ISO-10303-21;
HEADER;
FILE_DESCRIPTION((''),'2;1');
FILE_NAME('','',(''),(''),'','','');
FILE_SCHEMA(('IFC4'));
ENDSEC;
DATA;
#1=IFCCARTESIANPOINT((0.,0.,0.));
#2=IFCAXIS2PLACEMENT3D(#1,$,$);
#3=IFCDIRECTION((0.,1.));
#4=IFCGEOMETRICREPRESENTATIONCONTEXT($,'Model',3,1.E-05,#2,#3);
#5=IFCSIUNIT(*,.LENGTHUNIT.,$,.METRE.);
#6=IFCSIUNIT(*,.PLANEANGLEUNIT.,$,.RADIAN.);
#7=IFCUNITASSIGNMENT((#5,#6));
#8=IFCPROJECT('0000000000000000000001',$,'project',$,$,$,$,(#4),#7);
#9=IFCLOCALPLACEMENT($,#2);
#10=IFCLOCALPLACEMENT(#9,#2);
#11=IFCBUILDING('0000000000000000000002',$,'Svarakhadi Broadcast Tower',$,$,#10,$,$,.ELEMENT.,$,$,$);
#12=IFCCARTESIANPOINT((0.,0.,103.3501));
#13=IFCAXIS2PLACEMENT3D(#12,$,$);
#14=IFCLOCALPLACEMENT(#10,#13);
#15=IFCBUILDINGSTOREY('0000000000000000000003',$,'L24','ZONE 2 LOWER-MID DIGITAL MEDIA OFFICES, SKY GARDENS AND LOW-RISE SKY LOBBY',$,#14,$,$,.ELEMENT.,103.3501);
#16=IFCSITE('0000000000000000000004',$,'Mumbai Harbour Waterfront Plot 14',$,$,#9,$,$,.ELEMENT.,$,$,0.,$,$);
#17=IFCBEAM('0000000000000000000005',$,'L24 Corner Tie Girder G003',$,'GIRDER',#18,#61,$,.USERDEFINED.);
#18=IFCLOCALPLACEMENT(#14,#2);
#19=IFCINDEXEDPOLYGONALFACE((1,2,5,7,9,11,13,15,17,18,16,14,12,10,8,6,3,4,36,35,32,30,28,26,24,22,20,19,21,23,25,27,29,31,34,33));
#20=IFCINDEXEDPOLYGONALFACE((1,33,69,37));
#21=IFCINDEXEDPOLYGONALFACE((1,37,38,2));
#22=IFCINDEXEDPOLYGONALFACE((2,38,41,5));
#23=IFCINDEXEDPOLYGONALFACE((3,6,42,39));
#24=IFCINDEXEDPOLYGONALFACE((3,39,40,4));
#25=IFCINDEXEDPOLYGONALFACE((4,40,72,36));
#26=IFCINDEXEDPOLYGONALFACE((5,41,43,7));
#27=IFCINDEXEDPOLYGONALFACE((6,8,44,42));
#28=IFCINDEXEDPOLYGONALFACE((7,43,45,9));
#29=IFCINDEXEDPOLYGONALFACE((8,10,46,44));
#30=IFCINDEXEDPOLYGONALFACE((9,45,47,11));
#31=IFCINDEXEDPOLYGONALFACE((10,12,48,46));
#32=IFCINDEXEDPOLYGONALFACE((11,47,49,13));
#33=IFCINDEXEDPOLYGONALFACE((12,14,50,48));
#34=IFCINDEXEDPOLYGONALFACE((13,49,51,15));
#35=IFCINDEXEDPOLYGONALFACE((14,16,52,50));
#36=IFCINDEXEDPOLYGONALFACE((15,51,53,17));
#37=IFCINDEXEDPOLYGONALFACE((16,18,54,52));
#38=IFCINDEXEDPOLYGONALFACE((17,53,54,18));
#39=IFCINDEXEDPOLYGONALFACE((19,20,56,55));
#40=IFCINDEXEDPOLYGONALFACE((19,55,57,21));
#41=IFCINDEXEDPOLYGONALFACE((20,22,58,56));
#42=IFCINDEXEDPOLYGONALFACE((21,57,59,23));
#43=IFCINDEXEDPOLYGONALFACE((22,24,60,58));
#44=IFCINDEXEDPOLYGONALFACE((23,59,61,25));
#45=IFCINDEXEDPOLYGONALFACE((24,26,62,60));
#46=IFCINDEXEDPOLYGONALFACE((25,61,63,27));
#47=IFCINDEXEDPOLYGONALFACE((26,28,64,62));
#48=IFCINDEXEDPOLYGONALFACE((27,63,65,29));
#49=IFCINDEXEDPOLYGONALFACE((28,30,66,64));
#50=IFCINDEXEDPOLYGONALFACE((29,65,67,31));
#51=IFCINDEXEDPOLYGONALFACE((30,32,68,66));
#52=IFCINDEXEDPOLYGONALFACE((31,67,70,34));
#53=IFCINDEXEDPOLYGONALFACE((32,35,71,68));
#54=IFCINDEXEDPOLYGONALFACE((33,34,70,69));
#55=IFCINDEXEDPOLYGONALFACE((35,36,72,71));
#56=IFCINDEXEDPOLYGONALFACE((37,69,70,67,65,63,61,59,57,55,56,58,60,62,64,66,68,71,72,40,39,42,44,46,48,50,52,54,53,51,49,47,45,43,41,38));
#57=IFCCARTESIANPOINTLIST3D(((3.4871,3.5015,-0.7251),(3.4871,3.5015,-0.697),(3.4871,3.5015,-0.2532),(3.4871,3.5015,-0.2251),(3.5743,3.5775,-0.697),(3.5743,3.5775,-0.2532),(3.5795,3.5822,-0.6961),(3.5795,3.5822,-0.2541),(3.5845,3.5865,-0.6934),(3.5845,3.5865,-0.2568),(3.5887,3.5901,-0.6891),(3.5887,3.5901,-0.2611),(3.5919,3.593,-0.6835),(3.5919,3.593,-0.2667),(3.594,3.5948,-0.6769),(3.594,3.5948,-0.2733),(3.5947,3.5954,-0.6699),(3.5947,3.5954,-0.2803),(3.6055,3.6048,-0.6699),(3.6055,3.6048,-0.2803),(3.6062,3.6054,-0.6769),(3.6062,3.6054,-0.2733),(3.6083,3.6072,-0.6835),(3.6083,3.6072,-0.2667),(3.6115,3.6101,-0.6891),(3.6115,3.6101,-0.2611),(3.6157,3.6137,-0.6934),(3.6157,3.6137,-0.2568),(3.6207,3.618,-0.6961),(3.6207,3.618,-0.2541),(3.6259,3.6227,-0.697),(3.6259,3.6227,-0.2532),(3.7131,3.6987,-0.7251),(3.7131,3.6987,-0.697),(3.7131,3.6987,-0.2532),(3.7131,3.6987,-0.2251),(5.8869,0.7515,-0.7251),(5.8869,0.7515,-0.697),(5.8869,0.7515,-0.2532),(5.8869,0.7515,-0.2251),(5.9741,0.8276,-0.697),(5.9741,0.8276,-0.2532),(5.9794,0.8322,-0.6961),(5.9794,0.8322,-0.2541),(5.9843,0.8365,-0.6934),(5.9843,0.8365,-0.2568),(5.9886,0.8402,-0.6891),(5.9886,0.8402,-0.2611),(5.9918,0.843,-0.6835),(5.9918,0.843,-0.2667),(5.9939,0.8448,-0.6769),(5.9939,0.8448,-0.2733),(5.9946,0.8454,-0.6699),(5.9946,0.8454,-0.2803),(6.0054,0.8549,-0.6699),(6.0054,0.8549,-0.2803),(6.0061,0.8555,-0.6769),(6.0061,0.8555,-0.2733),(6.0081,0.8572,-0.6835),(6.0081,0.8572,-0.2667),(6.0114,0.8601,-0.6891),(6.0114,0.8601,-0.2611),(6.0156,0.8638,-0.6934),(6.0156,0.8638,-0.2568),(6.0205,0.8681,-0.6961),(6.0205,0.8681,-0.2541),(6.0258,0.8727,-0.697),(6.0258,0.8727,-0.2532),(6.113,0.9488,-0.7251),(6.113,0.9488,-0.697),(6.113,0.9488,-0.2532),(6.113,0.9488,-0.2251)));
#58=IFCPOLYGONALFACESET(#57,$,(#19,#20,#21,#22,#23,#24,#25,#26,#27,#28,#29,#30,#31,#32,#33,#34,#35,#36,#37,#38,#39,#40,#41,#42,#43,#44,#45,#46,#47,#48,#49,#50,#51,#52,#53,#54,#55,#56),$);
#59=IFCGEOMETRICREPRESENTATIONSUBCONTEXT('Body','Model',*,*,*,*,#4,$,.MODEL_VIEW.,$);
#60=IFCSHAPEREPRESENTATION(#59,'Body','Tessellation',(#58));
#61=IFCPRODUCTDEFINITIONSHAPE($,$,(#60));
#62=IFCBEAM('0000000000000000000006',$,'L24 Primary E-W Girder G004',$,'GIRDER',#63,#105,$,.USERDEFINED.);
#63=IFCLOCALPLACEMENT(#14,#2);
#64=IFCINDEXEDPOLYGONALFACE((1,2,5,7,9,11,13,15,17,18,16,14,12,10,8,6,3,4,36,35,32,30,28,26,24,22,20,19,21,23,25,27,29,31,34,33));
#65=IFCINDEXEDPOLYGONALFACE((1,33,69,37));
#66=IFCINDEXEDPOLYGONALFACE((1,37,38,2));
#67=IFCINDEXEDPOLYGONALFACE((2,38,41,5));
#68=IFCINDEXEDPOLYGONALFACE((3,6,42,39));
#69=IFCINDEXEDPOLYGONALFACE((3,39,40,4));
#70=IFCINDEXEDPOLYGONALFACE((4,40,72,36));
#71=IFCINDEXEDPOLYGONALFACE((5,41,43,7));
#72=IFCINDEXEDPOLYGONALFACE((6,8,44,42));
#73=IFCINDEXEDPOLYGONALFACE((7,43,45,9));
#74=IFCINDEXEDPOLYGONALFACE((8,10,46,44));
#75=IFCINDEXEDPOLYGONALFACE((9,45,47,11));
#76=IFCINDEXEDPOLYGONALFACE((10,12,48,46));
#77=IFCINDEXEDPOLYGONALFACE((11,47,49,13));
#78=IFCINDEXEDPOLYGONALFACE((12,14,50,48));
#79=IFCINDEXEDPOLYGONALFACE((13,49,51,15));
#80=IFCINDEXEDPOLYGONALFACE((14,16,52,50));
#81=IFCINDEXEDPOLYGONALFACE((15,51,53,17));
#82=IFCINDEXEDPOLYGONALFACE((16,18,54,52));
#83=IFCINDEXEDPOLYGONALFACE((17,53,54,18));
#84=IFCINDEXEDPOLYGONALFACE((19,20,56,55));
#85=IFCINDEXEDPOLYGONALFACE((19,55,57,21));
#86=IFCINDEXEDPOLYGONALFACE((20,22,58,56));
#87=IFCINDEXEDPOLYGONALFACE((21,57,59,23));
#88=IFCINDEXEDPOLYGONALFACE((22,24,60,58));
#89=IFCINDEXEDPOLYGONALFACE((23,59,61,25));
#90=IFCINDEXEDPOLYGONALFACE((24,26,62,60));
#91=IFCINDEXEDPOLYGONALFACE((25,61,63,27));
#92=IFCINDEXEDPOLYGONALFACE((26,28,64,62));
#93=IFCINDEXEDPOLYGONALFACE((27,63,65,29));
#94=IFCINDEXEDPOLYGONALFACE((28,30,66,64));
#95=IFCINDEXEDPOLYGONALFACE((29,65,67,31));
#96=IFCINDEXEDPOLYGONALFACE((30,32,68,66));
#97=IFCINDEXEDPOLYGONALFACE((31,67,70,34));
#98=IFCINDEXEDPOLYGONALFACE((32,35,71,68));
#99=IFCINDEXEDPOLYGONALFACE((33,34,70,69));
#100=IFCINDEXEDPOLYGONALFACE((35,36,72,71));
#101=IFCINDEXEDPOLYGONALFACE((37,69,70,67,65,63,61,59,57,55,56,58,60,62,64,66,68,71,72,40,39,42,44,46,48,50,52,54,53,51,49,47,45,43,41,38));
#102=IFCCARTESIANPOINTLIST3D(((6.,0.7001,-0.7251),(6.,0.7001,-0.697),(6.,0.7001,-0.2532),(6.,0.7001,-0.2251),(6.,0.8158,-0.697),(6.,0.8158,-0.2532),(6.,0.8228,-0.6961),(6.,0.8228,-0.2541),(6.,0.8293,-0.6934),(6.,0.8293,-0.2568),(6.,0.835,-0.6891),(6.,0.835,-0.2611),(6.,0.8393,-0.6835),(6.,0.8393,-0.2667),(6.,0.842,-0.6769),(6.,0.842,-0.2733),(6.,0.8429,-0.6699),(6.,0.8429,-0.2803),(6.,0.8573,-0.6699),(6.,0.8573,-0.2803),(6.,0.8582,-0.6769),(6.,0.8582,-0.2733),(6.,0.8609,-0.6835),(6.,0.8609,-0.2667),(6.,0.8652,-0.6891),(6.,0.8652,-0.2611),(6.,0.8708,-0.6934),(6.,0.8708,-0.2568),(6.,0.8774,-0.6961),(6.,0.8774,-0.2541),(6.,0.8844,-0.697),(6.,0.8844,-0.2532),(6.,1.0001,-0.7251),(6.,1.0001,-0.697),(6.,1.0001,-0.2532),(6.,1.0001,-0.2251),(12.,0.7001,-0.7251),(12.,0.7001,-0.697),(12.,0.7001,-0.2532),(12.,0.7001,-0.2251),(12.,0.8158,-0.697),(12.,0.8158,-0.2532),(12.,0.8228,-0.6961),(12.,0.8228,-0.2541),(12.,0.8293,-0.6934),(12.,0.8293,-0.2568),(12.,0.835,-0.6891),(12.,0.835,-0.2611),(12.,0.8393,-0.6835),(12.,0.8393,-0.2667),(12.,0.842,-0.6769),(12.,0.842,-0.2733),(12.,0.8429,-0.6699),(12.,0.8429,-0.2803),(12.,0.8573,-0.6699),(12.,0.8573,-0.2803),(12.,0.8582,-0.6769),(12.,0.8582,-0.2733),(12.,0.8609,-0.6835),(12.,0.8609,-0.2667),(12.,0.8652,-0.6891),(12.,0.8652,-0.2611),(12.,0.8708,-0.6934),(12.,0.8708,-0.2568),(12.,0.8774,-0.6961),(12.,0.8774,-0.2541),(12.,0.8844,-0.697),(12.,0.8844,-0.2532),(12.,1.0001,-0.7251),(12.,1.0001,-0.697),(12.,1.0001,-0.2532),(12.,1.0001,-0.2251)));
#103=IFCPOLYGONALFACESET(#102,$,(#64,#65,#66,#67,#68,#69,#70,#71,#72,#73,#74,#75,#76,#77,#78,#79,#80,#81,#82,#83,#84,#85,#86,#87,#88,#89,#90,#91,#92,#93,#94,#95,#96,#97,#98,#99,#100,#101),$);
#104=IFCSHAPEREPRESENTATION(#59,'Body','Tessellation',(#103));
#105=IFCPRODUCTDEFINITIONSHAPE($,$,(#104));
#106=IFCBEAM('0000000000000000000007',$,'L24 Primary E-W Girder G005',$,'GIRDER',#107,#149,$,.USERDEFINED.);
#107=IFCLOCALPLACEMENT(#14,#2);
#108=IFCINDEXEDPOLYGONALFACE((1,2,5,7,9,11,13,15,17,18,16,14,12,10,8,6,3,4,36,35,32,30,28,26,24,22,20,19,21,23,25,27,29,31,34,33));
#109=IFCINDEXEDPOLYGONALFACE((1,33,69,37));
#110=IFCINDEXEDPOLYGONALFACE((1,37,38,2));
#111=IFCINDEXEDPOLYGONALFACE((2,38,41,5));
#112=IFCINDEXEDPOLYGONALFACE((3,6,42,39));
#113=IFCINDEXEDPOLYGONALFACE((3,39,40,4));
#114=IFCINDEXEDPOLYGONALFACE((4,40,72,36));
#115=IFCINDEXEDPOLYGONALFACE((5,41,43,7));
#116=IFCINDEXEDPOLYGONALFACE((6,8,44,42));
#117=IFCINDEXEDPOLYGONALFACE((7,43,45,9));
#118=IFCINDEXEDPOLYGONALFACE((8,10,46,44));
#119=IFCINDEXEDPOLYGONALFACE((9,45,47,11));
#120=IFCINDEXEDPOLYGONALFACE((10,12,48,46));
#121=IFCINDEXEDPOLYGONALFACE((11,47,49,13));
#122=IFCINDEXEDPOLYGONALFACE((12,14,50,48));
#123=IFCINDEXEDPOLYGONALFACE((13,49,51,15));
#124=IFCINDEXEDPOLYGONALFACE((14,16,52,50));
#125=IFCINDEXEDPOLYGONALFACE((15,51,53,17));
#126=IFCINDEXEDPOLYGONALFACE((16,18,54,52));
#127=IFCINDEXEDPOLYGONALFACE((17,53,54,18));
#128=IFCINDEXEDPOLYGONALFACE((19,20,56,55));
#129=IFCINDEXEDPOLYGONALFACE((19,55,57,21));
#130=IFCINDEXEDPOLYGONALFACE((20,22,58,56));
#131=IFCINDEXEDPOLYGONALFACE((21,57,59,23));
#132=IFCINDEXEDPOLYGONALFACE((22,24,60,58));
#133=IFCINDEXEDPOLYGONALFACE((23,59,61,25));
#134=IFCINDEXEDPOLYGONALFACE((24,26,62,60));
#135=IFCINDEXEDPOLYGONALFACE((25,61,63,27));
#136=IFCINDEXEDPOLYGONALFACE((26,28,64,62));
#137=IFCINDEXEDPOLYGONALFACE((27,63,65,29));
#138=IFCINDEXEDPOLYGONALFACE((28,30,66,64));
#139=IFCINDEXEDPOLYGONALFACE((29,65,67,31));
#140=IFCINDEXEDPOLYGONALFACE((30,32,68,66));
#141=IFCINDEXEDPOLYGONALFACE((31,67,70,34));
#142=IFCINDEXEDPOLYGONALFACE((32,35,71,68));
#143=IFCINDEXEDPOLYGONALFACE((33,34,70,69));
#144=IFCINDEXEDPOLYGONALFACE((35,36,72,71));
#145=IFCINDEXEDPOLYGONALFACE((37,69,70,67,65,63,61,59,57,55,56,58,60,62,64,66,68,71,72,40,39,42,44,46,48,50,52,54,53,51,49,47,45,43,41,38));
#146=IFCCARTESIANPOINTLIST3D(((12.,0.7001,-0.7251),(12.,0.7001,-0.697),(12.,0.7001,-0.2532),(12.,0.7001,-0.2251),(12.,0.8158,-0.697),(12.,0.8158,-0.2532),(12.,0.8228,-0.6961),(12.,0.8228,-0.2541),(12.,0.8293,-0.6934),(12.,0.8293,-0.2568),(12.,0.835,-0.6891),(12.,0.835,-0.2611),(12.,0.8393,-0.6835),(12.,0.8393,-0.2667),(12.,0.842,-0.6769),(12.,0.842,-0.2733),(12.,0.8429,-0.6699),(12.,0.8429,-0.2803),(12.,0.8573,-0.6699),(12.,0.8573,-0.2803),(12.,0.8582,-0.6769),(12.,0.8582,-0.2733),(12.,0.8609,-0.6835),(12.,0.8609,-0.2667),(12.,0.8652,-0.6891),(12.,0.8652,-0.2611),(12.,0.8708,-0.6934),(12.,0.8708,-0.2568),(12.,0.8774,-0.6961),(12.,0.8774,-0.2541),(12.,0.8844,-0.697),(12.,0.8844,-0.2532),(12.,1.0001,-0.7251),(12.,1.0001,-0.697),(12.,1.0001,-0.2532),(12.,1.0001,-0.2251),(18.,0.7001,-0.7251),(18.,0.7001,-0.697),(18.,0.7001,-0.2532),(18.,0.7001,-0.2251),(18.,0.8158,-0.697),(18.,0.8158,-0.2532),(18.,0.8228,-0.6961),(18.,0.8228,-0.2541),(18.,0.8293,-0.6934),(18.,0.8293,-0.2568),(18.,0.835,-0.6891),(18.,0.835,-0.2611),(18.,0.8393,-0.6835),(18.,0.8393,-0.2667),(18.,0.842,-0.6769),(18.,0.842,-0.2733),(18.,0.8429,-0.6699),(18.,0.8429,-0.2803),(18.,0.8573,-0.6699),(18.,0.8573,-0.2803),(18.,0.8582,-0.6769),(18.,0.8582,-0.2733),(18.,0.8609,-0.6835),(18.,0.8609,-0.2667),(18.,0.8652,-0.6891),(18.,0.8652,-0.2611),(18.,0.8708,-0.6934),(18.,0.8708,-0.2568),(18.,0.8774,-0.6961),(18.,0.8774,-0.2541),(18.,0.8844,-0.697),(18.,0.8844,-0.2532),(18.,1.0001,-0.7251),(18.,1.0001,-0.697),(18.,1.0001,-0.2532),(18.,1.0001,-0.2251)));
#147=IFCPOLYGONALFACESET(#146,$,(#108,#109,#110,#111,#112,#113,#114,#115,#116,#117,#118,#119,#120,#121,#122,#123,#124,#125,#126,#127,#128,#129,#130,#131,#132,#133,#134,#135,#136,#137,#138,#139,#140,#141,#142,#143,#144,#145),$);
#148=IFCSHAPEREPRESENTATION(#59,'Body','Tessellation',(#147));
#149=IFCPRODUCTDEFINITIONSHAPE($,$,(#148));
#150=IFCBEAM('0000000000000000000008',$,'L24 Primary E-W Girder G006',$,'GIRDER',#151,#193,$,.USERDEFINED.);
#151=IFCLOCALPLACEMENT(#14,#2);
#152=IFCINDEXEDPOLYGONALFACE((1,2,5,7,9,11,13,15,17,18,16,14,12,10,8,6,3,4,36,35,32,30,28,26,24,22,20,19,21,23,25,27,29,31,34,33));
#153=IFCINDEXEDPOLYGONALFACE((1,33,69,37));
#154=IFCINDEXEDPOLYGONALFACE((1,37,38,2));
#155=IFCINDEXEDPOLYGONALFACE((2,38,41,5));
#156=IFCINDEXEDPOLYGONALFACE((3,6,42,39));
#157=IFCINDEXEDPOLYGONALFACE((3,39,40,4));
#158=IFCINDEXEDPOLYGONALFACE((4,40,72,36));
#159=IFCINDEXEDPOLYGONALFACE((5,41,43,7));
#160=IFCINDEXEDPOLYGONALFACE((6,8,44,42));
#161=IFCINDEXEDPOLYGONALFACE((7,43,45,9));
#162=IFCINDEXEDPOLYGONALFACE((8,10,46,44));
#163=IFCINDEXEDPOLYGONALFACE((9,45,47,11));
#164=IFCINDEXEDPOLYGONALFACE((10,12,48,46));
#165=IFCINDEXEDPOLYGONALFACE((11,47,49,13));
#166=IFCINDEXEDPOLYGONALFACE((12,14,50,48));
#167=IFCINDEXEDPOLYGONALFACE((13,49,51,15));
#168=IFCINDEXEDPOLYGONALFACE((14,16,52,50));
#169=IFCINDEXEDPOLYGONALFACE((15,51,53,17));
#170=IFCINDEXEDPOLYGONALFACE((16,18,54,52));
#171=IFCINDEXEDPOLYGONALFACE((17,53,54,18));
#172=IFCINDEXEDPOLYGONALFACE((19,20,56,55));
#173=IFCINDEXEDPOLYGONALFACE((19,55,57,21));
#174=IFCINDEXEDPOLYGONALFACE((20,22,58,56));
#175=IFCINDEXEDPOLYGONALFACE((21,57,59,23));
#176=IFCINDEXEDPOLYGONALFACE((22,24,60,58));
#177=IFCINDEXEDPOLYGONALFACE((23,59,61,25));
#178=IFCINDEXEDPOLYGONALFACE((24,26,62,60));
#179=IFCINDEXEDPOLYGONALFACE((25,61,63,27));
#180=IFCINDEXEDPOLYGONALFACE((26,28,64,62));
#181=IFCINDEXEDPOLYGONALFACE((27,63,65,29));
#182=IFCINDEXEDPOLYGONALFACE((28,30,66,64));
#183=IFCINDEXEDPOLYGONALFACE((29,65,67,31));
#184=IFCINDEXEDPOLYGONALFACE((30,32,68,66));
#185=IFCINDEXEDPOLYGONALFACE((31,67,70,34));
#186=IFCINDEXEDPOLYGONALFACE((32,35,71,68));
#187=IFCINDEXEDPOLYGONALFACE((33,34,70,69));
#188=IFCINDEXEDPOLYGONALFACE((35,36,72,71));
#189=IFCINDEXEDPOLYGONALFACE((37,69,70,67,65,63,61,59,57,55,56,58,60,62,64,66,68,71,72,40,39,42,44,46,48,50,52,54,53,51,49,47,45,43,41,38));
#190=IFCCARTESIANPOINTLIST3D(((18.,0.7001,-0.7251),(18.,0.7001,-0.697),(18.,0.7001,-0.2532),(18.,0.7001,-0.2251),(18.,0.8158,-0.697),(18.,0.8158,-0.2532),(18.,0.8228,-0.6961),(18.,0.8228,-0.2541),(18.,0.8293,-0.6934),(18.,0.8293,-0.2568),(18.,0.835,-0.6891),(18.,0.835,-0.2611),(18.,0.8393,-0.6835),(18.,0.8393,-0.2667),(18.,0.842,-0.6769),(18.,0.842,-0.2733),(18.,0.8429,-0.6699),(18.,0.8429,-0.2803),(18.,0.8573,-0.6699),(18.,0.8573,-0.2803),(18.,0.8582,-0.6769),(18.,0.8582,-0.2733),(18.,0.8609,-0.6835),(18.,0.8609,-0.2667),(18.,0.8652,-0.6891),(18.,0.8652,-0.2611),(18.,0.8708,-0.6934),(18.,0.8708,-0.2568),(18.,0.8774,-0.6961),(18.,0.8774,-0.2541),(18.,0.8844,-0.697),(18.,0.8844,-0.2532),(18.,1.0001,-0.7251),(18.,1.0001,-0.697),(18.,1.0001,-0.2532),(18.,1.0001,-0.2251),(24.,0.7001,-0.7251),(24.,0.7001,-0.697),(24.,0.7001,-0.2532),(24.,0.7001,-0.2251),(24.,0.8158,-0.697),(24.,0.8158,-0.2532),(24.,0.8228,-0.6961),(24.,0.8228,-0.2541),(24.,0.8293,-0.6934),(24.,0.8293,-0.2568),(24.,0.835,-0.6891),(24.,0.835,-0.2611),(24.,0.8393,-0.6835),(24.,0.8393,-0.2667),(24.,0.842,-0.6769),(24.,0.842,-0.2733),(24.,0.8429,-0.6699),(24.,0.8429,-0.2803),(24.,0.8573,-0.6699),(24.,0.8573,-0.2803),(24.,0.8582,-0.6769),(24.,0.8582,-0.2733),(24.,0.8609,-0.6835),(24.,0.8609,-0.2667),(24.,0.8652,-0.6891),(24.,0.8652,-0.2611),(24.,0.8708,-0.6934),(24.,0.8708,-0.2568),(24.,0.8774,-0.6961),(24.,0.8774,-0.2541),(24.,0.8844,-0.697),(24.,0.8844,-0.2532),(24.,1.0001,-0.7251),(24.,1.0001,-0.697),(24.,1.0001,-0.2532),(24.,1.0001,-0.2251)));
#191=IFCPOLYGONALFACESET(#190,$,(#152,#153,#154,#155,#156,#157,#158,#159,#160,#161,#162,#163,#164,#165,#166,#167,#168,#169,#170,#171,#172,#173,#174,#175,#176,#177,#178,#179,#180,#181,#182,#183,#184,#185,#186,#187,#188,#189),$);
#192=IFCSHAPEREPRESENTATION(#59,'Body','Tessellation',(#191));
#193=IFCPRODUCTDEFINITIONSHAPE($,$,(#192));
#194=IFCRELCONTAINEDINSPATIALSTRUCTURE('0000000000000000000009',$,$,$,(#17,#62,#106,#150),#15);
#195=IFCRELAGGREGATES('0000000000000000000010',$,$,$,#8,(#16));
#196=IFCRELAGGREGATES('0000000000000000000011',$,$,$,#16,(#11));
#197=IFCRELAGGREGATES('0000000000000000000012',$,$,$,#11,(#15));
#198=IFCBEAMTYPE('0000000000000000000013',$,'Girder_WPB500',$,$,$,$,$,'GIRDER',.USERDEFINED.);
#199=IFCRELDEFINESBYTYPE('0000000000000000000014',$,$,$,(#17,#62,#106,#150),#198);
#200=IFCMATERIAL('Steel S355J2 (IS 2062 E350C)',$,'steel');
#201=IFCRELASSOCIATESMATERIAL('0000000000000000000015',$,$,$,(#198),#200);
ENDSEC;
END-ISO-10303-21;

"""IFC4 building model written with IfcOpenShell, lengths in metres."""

from ifc_helpers import new_model, si_unit, direction, frame, origin, origin_2d, place, context, subcontext, project, spatial, i_section, extrude, material, material_profile, profile_set, type_object, element, save


model = new_model("IFC4")

# Units and contexts
model_context = context("Model", 3, precision=1e-05, world=origin(), true_north=direction((0.0, 1.0)))
body_context = subcontext(model_context, "Body", "Model", "MODEL_VIEW")
ifc_project = project(units=[si_unit("LENGTHUNIT", "METRE"), si_unit("PLANEANGLEUNIT", "RADIAN")], contexts=[model_context])

# Site, building, storey
site_placement = place(None, origin())
site = spatial("IfcSite", under=ifc_project, at=site_placement, Name="Mumbai Harbour Waterfront Plot 14", CompositionType="ELEMENT", RefElevation=0.0)
building_placement = place(site_placement, origin())
building = spatial("IfcBuilding", under=site, at=building_placement, Name="Svarakhadi Broadcast Tower", CompositionType="ELEMENT")
storey_placement = place(building_placement, frame((0.0, 0.0, 103.3501)))
storey = spatial("IfcBuildingStorey", under=building, at=storey_placement, Name="L24", Description="ZONE 2 LOWER-MID DIGITAL MEDIA OFFICES, SKY GARDENS AND LOW-RISE SKY LOBBY", CompositionType="ELEMENT", Elevation=103.3501)

# Shared definitions
ifc_material_1 = material(Name="Steel S355J2 (IS 2062 E350C)", Category="steel")

# Beams
ifc_material_profile_1 = material_profile(ifc_material_1, i_section(OverallWidth=0.3, OverallDepth=0.5, WebThickness=0.0144, FlangeThickness=0.0281, FilletRadius=0.0271, at=origin_2d()), Name="WPB 500x300x187")
ifc_profile_set_1 = profile_set([ifc_material_profile_1], Name="Steel S355J2 (IS 2062 E350C)")
beam_type_1 = type_object("IfcBeamType", Name="Girder_WPB500", ElementType="GIRDER", PredefinedType="USERDEFINED", material=ifc_profile_set_1)
beam_1_placement = place(storey_placement, frame((3.6001, 3.6001, -0.4751), z_axis=(0.657519, -0.753438, 0.0), x_axis=(0.753438, 0.657519, 0.0)))
element("IfcBeam", 1, at=beam_1_placement, inside=storey, type_object=beam_type_1, Name="L24 Corner Tie Girder G003", ObjectType="GIRDER", PredefinedType="USERDEFINED", context=body_context, shape_type="SweptSolid", body=[
    extrude(i_section(OverallWidth=0.3, OverallDepth=0.5, WebThickness=0.0144, FlangeThickness=0.0281, FilletRadius=0.0271, at=origin_2d()), origin(), (0.0, 0.0, 1.0), 3.6499),
])
for number, where, z_axis, x_axis, name in (
    (2, (6.0, 0.8501, -0.4751), (1.0, 0.0, 0.0), (0.0, 1.0, 0.0), "L24 Primary E-W Girder G004"),
    (3, (12.0, 0.8501, -0.4751), (1.0, 0.0, 0.0), (0.0, 1.0, 0.0), "L24 Primary E-W Girder G005"),
    (4, (18.0, 0.8501, -0.4751), (1.0, 0.0, 0.0), (0.0, 1.0, 0.0), "L24 Primary E-W Girder G006"),
):
    element("IfcBeam", number, at=place(storey_placement, frame(where, z_axis=z_axis, x_axis=x_axis)), inside=storey, type_object=beam_type_1, Name=name, ObjectType="GIRDER", PredefinedType="USERDEFINED", context=body_context, shape_type="SweptSolid", body=[
        extrude(i_section(OverallWidth=0.3, OverallDepth=0.5, WebThickness=0.0144, FlangeThickness=0.0281, FilletRadius=0.0271, at=origin_2d()), origin(), (0.0, 0.0, 1.0), 6.0),
    ])

save(model, "model.ifc")
